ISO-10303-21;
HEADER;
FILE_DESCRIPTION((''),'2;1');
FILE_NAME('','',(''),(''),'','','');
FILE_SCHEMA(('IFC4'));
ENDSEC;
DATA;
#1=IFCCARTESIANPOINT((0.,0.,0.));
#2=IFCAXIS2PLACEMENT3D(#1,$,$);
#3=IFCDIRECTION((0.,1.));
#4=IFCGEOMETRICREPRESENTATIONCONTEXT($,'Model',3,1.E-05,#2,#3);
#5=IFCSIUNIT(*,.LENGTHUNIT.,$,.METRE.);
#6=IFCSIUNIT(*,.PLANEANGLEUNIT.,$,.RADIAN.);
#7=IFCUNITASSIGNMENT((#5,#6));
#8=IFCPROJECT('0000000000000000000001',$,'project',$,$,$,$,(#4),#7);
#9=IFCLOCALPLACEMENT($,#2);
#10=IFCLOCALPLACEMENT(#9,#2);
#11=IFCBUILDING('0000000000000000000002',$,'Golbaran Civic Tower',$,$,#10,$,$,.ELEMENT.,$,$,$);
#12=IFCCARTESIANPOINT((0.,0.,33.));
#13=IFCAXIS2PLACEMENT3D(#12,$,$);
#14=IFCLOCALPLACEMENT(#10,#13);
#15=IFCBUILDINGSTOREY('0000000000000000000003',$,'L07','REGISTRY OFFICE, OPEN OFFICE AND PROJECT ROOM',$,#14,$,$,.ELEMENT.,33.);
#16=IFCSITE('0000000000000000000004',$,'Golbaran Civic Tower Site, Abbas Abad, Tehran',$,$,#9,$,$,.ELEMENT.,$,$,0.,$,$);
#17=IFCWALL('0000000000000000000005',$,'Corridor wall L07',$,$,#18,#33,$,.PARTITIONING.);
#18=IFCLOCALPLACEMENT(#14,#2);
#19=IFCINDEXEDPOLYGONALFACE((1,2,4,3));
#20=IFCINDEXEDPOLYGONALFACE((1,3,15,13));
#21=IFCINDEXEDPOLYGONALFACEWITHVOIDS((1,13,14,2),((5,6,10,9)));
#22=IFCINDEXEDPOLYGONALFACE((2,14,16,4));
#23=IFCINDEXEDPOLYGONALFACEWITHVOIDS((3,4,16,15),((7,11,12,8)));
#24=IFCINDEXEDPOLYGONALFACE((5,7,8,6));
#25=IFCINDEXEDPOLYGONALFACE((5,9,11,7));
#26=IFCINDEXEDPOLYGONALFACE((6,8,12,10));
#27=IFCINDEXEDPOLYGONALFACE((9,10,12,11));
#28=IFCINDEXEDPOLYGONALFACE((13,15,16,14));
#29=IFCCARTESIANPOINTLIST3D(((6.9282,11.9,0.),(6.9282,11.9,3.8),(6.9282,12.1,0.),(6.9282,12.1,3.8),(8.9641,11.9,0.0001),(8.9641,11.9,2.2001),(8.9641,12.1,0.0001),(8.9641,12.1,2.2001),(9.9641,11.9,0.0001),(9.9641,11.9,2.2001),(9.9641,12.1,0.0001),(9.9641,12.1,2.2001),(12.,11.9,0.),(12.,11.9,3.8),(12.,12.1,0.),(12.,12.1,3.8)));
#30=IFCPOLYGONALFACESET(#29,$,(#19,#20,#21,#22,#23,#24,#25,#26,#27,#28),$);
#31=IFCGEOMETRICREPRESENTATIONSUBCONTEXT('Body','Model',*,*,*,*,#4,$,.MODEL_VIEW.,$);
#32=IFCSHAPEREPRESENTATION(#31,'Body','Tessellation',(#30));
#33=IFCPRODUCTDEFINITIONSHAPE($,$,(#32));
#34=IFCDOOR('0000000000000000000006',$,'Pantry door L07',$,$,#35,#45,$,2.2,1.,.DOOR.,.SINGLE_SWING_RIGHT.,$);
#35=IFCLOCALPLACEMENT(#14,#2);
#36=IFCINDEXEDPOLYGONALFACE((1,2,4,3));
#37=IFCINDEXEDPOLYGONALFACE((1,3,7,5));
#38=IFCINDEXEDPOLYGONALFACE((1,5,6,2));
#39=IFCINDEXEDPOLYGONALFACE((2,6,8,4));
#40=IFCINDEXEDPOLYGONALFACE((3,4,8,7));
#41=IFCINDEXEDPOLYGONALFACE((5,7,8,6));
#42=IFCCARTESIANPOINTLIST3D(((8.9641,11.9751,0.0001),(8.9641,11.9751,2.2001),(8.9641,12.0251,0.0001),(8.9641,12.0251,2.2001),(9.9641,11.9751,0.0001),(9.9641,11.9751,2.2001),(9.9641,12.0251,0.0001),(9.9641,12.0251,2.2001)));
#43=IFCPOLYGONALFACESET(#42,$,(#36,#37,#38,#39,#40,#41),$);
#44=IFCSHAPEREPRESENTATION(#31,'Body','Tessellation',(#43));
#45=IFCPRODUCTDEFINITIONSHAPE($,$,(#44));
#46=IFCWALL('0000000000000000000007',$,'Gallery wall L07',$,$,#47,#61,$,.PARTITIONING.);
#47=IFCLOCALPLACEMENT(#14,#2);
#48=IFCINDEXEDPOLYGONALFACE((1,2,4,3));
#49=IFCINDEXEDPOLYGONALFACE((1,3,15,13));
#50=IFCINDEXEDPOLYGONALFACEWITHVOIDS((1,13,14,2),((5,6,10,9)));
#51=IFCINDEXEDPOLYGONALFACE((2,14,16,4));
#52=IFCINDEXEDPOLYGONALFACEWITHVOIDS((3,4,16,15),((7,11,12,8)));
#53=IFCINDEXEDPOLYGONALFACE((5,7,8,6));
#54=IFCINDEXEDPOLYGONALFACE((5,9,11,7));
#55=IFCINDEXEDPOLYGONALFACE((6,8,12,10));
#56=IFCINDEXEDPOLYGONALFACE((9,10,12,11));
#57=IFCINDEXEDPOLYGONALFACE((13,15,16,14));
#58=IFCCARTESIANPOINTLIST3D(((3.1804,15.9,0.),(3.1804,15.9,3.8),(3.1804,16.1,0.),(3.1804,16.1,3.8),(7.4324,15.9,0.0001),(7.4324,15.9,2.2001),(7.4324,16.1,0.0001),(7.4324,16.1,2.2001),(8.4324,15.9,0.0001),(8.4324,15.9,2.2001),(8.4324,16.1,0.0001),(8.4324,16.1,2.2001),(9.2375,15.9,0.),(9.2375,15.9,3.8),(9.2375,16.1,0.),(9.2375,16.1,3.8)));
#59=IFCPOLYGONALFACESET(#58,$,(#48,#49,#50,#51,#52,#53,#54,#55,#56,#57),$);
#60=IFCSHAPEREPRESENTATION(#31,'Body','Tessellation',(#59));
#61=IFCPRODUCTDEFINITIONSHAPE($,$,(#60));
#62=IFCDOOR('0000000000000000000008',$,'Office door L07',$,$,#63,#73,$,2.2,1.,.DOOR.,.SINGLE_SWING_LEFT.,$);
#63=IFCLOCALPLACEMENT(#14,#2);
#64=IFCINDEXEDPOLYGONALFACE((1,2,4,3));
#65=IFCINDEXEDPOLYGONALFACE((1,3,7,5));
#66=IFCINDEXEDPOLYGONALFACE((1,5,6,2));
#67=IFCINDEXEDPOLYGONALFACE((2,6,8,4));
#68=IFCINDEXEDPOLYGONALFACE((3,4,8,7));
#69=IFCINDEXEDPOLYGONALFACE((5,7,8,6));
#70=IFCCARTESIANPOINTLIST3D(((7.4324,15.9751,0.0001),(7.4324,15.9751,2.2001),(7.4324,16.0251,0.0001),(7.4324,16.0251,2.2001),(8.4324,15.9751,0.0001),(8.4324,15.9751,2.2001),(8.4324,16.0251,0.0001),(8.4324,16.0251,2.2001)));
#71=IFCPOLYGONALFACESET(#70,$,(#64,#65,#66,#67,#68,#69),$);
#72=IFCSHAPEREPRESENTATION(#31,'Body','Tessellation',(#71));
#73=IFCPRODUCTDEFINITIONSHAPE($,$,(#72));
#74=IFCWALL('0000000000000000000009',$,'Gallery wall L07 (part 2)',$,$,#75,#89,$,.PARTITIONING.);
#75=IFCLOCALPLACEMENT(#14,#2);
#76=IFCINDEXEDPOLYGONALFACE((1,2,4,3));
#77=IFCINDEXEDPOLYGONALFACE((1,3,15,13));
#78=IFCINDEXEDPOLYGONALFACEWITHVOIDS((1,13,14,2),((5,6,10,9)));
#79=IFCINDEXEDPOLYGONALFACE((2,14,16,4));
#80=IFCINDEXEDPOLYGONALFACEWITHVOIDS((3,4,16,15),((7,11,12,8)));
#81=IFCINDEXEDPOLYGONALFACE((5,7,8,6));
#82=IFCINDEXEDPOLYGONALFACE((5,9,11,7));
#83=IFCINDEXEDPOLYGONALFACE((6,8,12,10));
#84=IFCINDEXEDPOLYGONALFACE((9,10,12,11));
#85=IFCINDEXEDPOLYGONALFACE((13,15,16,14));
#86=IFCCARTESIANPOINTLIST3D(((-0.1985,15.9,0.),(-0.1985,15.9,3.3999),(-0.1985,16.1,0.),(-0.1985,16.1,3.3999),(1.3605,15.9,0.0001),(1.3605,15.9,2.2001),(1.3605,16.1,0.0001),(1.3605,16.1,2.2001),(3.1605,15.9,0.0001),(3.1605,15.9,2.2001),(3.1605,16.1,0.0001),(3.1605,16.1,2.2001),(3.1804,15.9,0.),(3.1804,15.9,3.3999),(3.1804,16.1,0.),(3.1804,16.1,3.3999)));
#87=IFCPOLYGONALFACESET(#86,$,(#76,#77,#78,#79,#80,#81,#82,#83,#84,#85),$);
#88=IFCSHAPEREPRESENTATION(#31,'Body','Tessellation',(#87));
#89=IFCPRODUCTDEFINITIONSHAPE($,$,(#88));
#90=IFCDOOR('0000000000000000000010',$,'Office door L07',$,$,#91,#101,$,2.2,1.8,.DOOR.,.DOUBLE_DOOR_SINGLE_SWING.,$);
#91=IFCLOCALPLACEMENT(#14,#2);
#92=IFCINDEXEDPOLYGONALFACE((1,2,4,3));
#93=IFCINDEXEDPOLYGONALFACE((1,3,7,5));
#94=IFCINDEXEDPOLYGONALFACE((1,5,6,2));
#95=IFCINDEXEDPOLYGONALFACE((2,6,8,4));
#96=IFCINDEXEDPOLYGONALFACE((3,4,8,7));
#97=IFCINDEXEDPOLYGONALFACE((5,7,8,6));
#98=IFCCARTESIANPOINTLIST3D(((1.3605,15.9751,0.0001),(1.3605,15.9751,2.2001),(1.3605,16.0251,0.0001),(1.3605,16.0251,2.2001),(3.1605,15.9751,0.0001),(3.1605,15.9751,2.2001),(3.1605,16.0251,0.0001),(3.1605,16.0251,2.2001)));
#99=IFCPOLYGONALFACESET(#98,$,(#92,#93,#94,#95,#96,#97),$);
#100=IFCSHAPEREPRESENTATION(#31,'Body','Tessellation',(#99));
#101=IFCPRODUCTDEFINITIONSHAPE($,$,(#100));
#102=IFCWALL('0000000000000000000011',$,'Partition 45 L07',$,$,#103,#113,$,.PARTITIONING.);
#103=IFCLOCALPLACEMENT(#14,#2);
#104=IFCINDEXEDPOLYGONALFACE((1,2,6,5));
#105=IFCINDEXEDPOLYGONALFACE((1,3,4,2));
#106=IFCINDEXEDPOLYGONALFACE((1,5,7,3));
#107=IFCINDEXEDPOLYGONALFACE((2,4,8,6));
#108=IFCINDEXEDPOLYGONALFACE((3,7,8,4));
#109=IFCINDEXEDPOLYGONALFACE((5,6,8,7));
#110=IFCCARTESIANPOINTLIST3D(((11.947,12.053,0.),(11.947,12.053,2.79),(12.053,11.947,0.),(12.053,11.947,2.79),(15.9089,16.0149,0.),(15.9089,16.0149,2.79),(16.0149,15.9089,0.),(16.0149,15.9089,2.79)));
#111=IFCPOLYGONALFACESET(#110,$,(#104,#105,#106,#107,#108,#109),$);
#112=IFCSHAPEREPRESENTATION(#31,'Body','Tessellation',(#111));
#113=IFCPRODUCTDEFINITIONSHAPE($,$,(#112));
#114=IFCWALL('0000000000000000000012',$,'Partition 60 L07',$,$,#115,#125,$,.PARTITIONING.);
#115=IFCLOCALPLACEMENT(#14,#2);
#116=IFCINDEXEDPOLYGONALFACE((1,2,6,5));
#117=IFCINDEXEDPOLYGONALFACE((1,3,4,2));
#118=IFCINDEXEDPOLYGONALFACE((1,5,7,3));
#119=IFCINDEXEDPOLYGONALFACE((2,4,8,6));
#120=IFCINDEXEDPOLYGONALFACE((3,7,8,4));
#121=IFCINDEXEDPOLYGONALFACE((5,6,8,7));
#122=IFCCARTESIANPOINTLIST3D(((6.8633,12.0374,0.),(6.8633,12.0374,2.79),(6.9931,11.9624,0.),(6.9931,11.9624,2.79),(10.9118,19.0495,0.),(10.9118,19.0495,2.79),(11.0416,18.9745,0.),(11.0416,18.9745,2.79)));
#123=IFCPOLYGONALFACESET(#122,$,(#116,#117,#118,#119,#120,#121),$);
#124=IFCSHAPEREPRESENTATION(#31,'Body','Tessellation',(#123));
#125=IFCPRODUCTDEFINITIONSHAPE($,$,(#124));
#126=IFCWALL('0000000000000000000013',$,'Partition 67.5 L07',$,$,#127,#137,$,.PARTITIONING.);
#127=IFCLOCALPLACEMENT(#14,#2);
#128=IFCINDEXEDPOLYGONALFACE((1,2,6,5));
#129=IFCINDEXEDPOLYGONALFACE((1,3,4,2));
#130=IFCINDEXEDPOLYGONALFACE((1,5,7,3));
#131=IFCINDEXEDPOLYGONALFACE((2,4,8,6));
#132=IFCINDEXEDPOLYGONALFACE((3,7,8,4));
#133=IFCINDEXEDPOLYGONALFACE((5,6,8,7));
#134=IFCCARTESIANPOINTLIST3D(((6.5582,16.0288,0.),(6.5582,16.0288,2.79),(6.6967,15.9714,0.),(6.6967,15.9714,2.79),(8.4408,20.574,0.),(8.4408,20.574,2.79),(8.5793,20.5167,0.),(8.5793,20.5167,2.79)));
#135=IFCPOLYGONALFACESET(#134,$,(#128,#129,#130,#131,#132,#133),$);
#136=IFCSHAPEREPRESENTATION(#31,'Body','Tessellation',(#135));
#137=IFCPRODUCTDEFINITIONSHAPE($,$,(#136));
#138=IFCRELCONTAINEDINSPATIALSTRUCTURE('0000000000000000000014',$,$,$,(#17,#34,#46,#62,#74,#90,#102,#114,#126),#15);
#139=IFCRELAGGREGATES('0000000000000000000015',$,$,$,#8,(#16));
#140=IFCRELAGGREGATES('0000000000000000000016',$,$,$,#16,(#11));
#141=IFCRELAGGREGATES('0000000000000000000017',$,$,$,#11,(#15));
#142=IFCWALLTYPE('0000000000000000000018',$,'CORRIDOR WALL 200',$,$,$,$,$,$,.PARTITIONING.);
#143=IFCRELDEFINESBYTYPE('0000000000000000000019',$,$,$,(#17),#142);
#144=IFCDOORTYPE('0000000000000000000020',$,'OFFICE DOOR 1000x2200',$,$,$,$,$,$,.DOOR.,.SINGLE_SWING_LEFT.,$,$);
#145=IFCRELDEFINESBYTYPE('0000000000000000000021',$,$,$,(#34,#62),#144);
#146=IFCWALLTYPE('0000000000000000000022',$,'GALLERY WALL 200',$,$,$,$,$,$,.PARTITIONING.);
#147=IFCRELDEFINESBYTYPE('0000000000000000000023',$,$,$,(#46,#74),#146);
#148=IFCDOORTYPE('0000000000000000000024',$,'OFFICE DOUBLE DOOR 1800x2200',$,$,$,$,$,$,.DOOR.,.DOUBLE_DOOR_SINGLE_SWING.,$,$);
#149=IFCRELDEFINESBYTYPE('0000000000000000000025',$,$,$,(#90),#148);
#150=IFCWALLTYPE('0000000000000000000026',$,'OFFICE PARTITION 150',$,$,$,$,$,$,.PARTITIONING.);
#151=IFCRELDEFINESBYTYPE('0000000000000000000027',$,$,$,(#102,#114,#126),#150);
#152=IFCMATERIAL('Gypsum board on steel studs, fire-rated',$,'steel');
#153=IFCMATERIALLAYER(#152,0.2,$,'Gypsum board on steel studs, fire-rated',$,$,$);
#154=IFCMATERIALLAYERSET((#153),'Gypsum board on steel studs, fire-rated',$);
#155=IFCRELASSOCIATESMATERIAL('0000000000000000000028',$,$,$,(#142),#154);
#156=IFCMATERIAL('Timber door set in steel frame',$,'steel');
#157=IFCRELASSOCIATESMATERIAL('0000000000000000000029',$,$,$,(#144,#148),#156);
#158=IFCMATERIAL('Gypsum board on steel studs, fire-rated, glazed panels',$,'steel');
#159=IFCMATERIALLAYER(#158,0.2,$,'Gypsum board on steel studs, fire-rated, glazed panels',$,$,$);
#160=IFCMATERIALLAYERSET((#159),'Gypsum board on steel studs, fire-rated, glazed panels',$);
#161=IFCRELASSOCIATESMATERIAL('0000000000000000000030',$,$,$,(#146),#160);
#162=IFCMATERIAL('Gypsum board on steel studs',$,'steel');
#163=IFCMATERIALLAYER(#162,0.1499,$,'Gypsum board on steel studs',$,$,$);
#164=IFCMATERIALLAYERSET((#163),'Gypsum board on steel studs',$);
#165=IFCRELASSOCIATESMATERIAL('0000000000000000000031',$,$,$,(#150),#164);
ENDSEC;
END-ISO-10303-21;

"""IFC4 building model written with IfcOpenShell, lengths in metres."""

from ifc_helpers import new_model, si_unit, direction, frame, frame_2d, origin, place, context, subcontext, project, spatial, rectangle, extrude, material, layer, layer_set, type_object, element, fill, save


model = new_model("IFC4")

# Units and contexts
model_context = context("Model", 3, precision=1e-05, world=origin(), true_north=direction((0.0, 1.0)))
body_context = subcontext(model_context, "Body", "Model", "MODEL_VIEW")
ifc_project = project(units=[si_unit("LENGTHUNIT", "METRE"), si_unit("PLANEANGLEUNIT", "RADIAN")], contexts=[model_context])

# Site, building, storey
site_placement = place(None, origin())
site = spatial("IfcSite", under=ifc_project, at=site_placement, Name="Golbaran Civic Tower Site, Abbas Abad, Tehran", CompositionType="ELEMENT", RefElevation=0.0)
building_placement = place(site_placement, origin())
building = spatial("IfcBuilding", under=site, at=building_placement, Name="Golbaran Civic Tower", CompositionType="ELEMENT")
storey_placement = place(building_placement, frame((0.0, 0.0, 33.0)))
storey = spatial("IfcBuildingStorey", under=building, at=storey_placement, Name="L07", Description="REGISTRY OFFICE, OPEN OFFICE AND PROJECT ROOM", CompositionType="ELEMENT", Elevation=33.0)

# Walls, openings, doors
ifc_material_1 = material(Name="Gypsum board on steel studs, fire-rated", Category="steel")
ifc_layer_1 = layer(ifc_material_1, 0.2, Name="Gypsum board on steel studs, fire-rated")
ifc_layer_set_1 = layer_set([ifc_layer_1], Name="Gypsum board on steel studs, fire-rated")
wall_type_1 = type_object("IfcWallType", Name="CORRIDOR WALL 200", PredefinedType="PARTITIONING", material=ifc_layer_set_1)
wall_1_placement = place(storey_placement, frame((12.0, 12.0, 0.0), z_axis=(0.0, 0.0, 1.0), x_axis=(-1.0, 0.0, 0.0)))
wall_1 = element("IfcWall", 1, at=wall_1_placement, inside=storey, type_object=wall_type_1, Name="Corridor wall L07", PredefinedType="PARTITIONING", context=body_context, shape_type="SweptSolid", body=[
    extrude(rectangle(XDim=5.0718, YDim=0.2, at=frame_2d((2.5359, 0.0))), origin(), (0.0, 0.0, 1.0), 3.8),
])
opening_1_placement = place(wall_1_placement, frame((2.0359, 0.0, 0.0)))
opening_1 = element("IfcOpeningElement", 2, at=opening_1_placement, cuts=wall_1, PredefinedType="OPENING", context=body_context, shape_type="SweptSolid", body=[
    extrude(rectangle(XDim=1.0, YDim=2.2, at=frame_2d((0.5, 1.1001))), frame((0.0, 0.1099, 0.0), z_axis=(0.0, -1.0, 0.0), x_axis=(1.0, 0.0, 0.0)), (0.0, 0.0, 1.0), 0.22),
])
ifc_material_2 = material(Name="Timber door set in steel frame", Category="steel")
door_type_1 = type_object("IfcDoorType", Name="OFFICE DOOR 1000x2200", OperationType="SINGLE_SWING_LEFT", PredefinedType="DOOR", material=ifc_material_2)
door_1_placement = place(opening_1_placement, origin())
door_1 = element("IfcDoor", 3, at=door_1_placement, inside=storey, type_object=door_type_1, Name="Pantry door L07", OperationType="SINGLE_SWING_RIGHT", OverallHeight=2.2, OverallWidth=1.0, PredefinedType="DOOR", context=body_context, shape_type="SweptSolid", body=[
    extrude(rectangle(XDim=1.0, YDim=2.2, at=frame_2d((0.5, 1.1001))), frame((0.0, 0.0249, 0.0), z_axis=(0.0, -1.0, 0.0), x_axis=(1.0, 0.0, 0.0)), (0.0, 0.0, 1.0), 0.05),
])
fill(opening_1, door_1)
ifc_material_3 = material(Name="Gypsum board on steel studs, fire-rated, glazed panels", Category="steel")
ifc_layer_2 = layer(ifc_material_3, 0.2, Name="Gypsum board on steel studs, fire-rated, glazed panels")
ifc_layer_set_2 = layer_set([ifc_layer_2], Name="Gypsum board on steel studs, fire-rated, glazed panels")
wall_type_2 = type_object("IfcWallType", Name="GALLERY WALL 200", PredefinedType="PARTITIONING", material=ifc_layer_set_2)
wall_2_placement = place(storey_placement, frame((9.2375, 16.0, 0.0), z_axis=(0.0, 0.0, 1.0), x_axis=(-1.0, 0.0, 0.0)))
wall_2 = element("IfcWall", 4, at=wall_2_placement, inside=storey, type_object=wall_type_2, Name="Gallery wall L07", PredefinedType="PARTITIONING", context=body_context, shape_type="SweptSolid", body=[
    extrude(rectangle(XDim=6.0571, YDim=0.2, at=frame_2d((3.0286, 0.0))), origin(), (0.0, 0.0, 1.0), 3.8),
])
opening_2_placement = place(wall_2_placement, frame((0.8052, 0.0, 0.0)))
opening_2 = element("IfcOpeningElement", 5, at=opening_2_placement, cuts=wall_2, PredefinedType="OPENING", context=body_context, shape_type="SweptSolid", body=[
    extrude(rectangle(XDim=1.0, YDim=2.2, at=frame_2d((0.5, 1.1001))), frame((0.0, 0.1099, 0.0), z_axis=(0.0, -1.0, 0.0), x_axis=(1.0, 0.0, 0.0)), (0.0, 0.0, 1.0), 0.22),
])
door_2_placement = place(opening_2_placement, origin())
door_2 = element("IfcDoor", 6, at=door_2_placement, inside=storey, type_object=door_type_1, Name="Office door L07", OperationType="SINGLE_SWING_LEFT", OverallHeight=2.2, OverallWidth=1.0, PredefinedType="DOOR", context=body_context, shape_type="SweptSolid", body=[
    extrude(rectangle(XDim=1.0, YDim=2.2, at=frame_2d((0.5, 1.1001))), frame((0.0, 0.0249, 0.0), z_axis=(0.0, -1.0, 0.0), x_axis=(1.0, 0.0, 0.0)), (0.0, 0.0, 1.0), 0.05),
])
fill(opening_2, door_2)
wall_3_placement = place(storey_placement, frame((3.1804, 16.0, 0.0), z_axis=(0.0, 0.0, 1.0), x_axis=(-1.0, 0.0, 0.0)))
wall_3 = element("IfcWall", 7, at=wall_3_placement, inside=storey, type_object=wall_type_2, Name="Gallery wall L07 (part 2)", PredefinedType="PARTITIONING", context=body_context, shape_type="SweptSolid", body=[
    extrude(rectangle(XDim=3.3789, YDim=0.2, at=frame_2d((1.6895, 0.0))), origin(), (0.0, 0.0, 1.0), 3.3999),
])
opening_3_placement = place(wall_3_placement, frame((0.02, 0.0, 0.0)))
opening_3 = element("IfcOpeningElement", 8, at=opening_3_placement, cuts=wall_3, PredefinedType="OPENING", context=body_context, shape_type="SweptSolid", body=[
    extrude(rectangle(XDim=1.8, YDim=2.2, at=frame_2d((0.8999, 1.1001))), frame((0.0, 0.1099, 0.0), z_axis=(0.0, -1.0, 0.0), x_axis=(1.0, 0.0, 0.0)), (0.0, 0.0, 1.0), 0.22),
])
door_type_2 = type_object("IfcDoorType", Name="OFFICE DOUBLE DOOR 1800x2200", OperationType="DOUBLE_DOOR_SINGLE_SWING", PredefinedType="DOOR", material=ifc_material_2)
door_3_placement = place(opening_3_placement, origin())
door_3 = element("IfcDoor", 9, at=door_3_placement, inside=storey, type_object=door_type_2, Name="Office door L07", OperationType="DOUBLE_DOOR_SINGLE_SWING", OverallHeight=2.2, OverallWidth=1.8, PredefinedType="DOOR", context=body_context, shape_type="SweptSolid", body=[
    extrude(rectangle(XDim=1.8, YDim=2.2, at=frame_2d((0.8999, 1.1001))), frame((0.0, 0.0249, 0.0), z_axis=(0.0, -1.0, 0.0), x_axis=(1.0, 0.0, 0.0)), (0.0, 0.0, 1.0), 0.05),
])
fill(opening_3, door_3)

# Walls
ifc_material_4 = material(Name="Gypsum board on steel studs", Category="steel")
ifc_layer_3 = layer(ifc_material_4, 0.1499, Name="Gypsum board on steel studs")
ifc_layer_set_3 = layer_set([ifc_layer_3], Name="Gypsum board on steel studs")
wall_type_3 = type_object("IfcWallType", Name="OFFICE PARTITION 150", PredefinedType="PARTITIONING", material=ifc_layer_set_3)
wall_4_placement = place(storey_placement, frame((12.0, 12.0, 0.0), z_axis=(0.0, 0.0, 1.0), x_axis=(0.707107, 0.707107, 0.0)))
element("IfcWall", 10, at=wall_4_placement, inside=storey, type_object=wall_type_3, Name="Partition 45 L07", PredefinedType="PARTITIONING", context=body_context, shape_type="SweptSolid", body=[
    extrude(rectangle(XDim=5.603, YDim=0.1499, at=frame_2d((2.8015, 0.0))), origin(), (0.0, 0.0, 1.0), 2.79),
])
wall_5_placement = place(storey_placement, frame((6.9282, 12.0, 0.0), z_axis=(0.0, 0.0, 1.0), x_axis=(0.500008, 0.866021, 0.0)))
element("IfcWall", 11, at=wall_5_placement, inside=storey, type_object=wall_type_3, Name="Partition 60 L07", PredefinedType="PARTITIONING", context=body_context, shape_type="SweptSolid", body=[
    extrude(rectangle(XDim=8.0969, YDim=0.1499, at=frame_2d((4.0483, 0.0))), origin(), (0.0, 0.0, 1.0), 2.79),
])
wall_6_placement = place(storey_placement, frame((6.6274, 16.0, 0.0), z_axis=(0.0, 0.0, 1.0), x_axis=(0.382666, 0.923887, 0.0)))
element("IfcWall", 12, at=wall_6_placement, inside=storey, type_object=wall_type_3, Name="Partition 67.5 L07", PredefinedType="PARTITIONING", context=body_context, shape_type="SweptSolid", body=[
    extrude(rectangle(XDim=4.9197, YDim=0.1499, at=frame_2d((2.46, 0.0))), origin(), (0.0, 0.0, 1.0), 2.79),
])

save(model, "model.ifc")
